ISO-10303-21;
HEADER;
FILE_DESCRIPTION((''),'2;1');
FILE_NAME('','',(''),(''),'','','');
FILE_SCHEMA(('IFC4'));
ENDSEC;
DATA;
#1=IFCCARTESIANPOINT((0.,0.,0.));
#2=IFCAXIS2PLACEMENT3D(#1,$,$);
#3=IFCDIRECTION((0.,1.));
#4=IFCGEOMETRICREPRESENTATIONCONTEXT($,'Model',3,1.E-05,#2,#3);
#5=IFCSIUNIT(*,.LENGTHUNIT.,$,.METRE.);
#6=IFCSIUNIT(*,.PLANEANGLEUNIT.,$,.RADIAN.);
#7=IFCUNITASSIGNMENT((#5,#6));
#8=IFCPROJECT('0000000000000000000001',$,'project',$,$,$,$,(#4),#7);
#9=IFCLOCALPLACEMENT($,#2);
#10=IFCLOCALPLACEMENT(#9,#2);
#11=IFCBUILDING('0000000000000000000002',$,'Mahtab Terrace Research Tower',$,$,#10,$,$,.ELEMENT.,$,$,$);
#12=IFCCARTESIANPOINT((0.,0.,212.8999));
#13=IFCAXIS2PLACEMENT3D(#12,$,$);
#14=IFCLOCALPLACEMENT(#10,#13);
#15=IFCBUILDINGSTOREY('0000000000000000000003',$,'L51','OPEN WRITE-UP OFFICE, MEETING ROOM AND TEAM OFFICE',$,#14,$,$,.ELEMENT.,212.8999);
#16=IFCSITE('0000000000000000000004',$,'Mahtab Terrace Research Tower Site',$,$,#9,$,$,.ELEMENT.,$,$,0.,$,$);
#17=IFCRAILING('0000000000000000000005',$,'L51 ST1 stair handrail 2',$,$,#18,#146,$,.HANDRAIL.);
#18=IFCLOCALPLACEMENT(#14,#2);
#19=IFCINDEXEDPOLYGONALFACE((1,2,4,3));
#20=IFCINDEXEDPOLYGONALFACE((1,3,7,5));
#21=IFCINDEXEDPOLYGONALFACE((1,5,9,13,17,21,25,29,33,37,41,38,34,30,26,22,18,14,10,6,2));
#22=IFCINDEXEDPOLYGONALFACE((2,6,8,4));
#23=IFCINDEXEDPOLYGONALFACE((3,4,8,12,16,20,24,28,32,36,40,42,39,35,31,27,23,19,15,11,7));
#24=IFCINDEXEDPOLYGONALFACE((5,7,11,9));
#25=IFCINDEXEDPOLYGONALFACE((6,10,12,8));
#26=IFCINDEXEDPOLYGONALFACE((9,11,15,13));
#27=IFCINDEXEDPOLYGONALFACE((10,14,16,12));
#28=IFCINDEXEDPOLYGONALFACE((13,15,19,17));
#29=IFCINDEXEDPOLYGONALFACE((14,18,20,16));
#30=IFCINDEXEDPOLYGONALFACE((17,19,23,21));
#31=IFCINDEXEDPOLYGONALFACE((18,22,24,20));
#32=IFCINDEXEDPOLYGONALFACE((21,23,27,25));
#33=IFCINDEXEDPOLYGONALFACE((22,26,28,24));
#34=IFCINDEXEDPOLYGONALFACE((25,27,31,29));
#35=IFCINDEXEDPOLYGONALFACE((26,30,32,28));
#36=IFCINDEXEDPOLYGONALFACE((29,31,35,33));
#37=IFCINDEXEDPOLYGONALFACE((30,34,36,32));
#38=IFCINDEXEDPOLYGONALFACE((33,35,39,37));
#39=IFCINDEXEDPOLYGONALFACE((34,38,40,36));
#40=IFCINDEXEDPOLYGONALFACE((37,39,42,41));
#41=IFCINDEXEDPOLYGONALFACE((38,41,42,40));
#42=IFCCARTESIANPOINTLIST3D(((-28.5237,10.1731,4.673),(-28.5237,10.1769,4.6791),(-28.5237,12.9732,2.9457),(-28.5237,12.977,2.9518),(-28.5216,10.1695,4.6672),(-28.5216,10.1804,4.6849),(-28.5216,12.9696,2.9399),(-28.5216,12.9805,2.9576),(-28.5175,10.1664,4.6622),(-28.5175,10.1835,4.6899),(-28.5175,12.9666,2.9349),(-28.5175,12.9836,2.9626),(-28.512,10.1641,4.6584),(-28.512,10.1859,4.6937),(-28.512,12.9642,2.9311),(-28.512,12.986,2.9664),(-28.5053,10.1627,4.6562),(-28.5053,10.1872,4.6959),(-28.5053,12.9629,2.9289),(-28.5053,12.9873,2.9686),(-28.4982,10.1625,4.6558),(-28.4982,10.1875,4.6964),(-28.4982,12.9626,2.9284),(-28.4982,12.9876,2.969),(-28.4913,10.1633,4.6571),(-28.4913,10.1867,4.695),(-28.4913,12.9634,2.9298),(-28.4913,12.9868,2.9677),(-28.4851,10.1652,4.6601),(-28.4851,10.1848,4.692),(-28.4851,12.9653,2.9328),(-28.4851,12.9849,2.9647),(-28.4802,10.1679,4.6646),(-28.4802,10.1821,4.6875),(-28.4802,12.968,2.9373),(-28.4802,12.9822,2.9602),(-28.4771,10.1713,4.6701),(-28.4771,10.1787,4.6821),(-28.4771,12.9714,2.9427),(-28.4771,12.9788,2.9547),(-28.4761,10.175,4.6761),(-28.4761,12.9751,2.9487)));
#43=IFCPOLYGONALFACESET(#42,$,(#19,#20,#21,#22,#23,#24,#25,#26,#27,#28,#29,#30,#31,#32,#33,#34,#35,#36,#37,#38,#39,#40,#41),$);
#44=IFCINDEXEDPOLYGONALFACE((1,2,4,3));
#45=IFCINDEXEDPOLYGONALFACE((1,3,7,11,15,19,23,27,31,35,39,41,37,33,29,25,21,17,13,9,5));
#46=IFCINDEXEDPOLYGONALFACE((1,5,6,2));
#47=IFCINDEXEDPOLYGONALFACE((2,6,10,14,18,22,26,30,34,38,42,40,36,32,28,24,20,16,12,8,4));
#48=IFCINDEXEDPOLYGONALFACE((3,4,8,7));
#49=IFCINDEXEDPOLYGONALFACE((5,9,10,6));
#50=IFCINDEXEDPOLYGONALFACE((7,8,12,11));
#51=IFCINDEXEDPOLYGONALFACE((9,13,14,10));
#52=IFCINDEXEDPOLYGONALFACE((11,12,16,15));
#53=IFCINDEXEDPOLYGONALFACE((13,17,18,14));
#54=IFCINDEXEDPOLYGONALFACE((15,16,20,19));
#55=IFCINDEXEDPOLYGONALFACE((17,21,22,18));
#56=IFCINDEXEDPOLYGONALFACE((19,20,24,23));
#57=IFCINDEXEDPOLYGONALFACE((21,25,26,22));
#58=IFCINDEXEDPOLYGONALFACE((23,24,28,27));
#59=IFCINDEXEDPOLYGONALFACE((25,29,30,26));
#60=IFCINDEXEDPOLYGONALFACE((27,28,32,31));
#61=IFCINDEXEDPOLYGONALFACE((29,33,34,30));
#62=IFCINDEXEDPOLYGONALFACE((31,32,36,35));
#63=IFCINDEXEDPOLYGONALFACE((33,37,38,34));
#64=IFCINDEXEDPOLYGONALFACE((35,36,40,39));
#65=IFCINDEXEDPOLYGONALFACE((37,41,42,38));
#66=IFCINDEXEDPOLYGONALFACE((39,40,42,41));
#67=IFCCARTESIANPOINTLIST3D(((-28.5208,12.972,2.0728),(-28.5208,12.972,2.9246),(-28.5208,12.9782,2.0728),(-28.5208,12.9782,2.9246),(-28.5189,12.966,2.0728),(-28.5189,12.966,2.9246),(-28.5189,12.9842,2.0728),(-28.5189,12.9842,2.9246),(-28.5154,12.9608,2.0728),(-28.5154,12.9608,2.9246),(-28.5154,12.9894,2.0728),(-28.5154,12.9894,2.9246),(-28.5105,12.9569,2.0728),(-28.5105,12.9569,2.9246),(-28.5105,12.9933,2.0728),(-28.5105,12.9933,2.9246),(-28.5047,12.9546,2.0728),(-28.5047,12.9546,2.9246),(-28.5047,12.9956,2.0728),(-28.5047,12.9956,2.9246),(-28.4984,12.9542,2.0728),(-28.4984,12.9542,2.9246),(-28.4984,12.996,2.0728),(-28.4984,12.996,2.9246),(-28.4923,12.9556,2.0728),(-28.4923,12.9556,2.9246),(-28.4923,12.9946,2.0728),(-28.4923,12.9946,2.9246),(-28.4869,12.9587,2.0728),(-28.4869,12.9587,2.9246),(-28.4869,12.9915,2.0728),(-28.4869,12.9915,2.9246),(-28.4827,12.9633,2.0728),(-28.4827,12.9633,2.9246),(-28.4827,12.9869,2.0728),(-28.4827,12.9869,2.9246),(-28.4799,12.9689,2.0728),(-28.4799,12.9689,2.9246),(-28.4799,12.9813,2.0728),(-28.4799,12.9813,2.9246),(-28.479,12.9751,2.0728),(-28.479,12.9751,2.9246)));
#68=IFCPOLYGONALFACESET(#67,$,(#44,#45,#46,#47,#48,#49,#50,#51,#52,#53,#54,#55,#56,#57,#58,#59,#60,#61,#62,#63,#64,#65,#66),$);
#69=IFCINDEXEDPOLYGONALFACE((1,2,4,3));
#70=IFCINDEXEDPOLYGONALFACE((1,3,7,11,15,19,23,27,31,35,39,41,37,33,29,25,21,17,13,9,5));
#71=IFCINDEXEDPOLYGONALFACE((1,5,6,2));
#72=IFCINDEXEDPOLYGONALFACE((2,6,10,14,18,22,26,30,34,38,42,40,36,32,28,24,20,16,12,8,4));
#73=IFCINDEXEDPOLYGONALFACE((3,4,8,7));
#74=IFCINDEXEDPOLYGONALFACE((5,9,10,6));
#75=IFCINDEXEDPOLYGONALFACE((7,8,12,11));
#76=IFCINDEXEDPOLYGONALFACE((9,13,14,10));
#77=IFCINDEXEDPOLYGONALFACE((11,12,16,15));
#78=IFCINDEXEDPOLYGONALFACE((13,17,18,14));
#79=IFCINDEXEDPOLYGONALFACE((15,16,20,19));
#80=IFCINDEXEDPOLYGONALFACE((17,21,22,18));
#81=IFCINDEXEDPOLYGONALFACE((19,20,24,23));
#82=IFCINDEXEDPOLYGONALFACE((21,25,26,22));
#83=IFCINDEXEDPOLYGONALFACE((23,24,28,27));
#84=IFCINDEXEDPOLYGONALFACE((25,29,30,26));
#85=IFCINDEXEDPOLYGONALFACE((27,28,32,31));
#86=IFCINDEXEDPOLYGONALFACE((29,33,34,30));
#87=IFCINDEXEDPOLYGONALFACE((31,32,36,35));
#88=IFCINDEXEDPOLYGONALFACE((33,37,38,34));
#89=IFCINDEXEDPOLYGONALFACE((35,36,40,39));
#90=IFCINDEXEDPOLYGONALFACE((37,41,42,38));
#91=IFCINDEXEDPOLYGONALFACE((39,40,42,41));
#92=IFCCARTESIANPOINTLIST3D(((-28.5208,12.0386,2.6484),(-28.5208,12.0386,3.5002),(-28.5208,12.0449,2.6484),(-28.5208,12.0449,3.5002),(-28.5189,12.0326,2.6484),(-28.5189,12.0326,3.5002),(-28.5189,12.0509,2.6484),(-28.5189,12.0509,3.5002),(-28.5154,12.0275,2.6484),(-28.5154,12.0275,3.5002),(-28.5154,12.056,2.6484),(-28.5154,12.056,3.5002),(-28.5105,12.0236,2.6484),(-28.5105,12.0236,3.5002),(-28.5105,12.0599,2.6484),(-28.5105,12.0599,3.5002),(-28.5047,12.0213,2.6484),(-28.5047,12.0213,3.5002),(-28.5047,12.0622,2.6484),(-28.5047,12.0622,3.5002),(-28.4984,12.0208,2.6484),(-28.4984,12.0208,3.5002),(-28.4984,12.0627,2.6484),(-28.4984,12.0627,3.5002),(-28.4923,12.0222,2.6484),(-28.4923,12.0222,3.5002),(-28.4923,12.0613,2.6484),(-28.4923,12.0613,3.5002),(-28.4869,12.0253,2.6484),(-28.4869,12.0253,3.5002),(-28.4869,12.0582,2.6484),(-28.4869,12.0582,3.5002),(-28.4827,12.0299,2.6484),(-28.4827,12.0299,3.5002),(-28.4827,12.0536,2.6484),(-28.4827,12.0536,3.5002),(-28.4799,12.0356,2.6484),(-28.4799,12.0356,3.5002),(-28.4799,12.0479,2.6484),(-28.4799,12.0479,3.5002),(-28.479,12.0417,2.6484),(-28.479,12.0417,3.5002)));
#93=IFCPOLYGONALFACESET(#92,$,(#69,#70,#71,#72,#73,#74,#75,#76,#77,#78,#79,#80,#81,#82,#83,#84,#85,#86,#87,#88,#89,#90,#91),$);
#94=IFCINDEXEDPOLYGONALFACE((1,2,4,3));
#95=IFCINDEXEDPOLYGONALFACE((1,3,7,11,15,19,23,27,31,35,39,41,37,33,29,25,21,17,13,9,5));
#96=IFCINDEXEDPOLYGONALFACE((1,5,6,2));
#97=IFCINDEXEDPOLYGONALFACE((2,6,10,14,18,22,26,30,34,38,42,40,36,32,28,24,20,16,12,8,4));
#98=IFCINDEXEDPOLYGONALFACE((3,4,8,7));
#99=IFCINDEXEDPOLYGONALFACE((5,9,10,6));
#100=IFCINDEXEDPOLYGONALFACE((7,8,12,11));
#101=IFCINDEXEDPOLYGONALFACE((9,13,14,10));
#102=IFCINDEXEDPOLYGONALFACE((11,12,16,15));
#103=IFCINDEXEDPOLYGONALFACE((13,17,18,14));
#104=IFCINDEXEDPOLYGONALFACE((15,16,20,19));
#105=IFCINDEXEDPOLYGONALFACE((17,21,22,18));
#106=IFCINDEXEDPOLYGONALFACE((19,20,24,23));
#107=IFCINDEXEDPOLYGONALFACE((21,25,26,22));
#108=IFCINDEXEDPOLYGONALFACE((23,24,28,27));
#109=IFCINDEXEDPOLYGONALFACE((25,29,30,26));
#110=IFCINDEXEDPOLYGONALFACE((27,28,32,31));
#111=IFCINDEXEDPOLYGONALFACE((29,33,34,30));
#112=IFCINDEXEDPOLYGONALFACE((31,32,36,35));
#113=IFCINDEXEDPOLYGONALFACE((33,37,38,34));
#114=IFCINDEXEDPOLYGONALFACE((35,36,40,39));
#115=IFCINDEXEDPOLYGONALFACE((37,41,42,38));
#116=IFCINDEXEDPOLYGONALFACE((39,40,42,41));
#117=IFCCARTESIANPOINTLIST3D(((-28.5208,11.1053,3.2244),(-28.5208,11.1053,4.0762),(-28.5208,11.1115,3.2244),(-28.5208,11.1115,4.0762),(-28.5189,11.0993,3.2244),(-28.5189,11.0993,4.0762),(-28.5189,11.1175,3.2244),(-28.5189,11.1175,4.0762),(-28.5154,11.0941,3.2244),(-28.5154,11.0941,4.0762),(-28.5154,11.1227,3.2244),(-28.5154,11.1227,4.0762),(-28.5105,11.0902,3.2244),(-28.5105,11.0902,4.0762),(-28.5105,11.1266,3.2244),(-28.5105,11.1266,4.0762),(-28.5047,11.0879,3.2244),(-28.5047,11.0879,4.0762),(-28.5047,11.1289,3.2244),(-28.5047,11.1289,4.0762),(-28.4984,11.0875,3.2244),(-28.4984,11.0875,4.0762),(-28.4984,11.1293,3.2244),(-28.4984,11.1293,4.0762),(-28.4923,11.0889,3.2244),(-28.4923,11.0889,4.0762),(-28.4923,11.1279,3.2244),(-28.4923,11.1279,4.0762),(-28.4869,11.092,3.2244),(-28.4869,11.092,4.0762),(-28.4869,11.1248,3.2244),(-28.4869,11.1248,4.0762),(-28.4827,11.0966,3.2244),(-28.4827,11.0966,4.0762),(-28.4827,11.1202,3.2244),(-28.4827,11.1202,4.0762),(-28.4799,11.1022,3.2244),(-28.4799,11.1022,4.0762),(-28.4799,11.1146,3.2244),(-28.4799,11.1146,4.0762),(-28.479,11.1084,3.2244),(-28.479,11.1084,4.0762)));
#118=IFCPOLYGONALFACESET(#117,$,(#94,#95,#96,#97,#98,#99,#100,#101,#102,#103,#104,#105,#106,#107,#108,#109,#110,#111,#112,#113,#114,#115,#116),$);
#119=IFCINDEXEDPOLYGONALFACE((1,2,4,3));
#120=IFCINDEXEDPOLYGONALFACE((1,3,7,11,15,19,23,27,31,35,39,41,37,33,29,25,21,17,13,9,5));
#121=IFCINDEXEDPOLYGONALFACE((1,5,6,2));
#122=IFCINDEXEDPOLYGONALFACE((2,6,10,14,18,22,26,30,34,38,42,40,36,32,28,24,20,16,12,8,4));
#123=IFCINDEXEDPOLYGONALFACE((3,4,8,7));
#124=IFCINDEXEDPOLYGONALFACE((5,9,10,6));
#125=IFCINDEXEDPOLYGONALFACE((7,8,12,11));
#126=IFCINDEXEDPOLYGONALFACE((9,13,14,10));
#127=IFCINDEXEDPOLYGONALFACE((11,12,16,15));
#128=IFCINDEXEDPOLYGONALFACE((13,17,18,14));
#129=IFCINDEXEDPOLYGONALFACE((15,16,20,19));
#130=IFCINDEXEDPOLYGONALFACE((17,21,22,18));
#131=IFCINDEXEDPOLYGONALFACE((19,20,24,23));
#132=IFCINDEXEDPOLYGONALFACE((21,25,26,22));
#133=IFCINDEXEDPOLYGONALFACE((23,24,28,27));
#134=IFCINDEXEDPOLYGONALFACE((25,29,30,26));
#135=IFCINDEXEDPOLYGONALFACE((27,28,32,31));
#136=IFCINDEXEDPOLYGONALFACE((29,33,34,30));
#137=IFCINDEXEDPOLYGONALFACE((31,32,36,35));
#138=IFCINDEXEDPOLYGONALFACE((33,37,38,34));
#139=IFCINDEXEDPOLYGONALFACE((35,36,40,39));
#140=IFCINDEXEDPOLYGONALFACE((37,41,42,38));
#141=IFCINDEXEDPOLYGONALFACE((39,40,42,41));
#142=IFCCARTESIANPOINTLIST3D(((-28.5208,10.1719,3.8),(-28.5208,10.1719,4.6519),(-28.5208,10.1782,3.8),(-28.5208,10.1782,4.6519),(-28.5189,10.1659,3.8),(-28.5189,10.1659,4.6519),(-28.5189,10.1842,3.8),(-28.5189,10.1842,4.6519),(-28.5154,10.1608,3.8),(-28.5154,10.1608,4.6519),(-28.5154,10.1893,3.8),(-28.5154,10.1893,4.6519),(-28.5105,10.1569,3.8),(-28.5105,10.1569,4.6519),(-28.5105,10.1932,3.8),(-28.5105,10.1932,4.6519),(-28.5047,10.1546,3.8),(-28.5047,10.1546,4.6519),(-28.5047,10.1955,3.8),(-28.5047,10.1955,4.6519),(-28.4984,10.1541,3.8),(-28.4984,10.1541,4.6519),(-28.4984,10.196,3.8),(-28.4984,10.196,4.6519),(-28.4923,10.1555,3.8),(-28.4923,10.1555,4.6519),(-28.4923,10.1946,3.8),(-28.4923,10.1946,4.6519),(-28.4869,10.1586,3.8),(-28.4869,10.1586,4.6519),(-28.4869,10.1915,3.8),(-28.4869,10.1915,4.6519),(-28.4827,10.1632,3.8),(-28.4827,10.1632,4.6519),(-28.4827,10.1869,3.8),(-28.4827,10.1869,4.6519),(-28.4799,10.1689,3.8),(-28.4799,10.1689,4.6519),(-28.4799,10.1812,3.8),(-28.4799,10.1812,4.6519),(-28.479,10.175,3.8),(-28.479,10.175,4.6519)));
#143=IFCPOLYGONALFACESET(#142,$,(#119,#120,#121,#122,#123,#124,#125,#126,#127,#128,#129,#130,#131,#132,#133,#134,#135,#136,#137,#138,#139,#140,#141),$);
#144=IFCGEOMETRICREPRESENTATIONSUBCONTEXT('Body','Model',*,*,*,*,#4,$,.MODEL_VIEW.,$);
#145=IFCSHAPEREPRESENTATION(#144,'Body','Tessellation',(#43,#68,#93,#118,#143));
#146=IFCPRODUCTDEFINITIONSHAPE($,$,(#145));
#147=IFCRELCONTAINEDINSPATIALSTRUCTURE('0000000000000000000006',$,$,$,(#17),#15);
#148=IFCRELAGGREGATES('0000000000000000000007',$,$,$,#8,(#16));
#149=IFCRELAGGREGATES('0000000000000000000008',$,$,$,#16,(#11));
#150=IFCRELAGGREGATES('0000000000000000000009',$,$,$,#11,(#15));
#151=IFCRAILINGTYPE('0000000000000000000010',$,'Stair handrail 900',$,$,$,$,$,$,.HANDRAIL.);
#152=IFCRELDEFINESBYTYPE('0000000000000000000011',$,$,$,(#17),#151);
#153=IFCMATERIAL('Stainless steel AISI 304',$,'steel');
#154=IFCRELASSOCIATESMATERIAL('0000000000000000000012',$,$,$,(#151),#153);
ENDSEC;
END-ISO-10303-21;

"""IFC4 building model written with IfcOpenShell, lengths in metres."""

from ifc_helpers import new_model, si_unit, direction, frame, origin, origin_2d, place, context, subcontext, project, spatial, circle, extrude, material, type_object, element, save


model = new_model("IFC4")

# Units and contexts
model_context = context("Model", 3, precision=1e-05, world=origin(), true_north=direction((0.0, 1.0)))
body_context = subcontext(model_context, "Body", "Model", "MODEL_VIEW")
ifc_project = project(units=[si_unit("LENGTHUNIT", "METRE"), si_unit("PLANEANGLEUNIT", "RADIAN")], contexts=[model_context])

# Site, building, storey
site_placement = place(None, origin())
site = spatial("IfcSite", under=ifc_project, at=site_placement, Name="Mahtab Terrace Research Tower Site", CompositionType="ELEMENT", RefElevation=0.0)
building_placement = place(site_placement, origin())
building = spatial("IfcBuilding", under=site, at=building_placement, Name="Mahtab Terrace Research Tower", CompositionType="ELEMENT")
storey_placement = place(building_placement, frame((0.0, 0.0, 212.8999)))
storey = spatial("IfcBuildingStorey", under=building, at=storey_placement, Name="L51", Description="OPEN WRITE-UP OFFICE, MEETING ROOM AND TEAM OFFICE", CompositionType="ELEMENT", Elevation=212.8999)

# Railing
ifc_material_1 = material(Name="Stainless steel AISI 304", Category="steel")
railing_type_1 = type_object("IfcRailingType", Name="Stair handrail 900", PredefinedType="HANDRAIL", material=ifc_material_1)
railing_1_placement = place(storey_placement, frame((-28.5, 12.9751, 2.0728)))
element("IfcRailing", 1, at=railing_1_placement, inside=storey, type_object=railing_type_1, Name="L51 ST1 stair handrail 2", PredefinedType="HANDRAIL", context=body_context, shape_type="SweptSolid", body=[
    extrude(circle(Radius=0.0239, at=origin_2d()), frame((0.0, 0.0, 0.876), z_axis=(0.0, -0.85109, 0.52502), x_axis=(1.0, 0.0, 0.0)), (0.0, 0.0, 1.0), 3.29),
    extrude(circle(Radius=0.021, at=origin_2d()), origin(), (0.0, 0.0, 1.0), 0.8518),
    extrude(circle(Radius=0.021, at=origin_2d()), frame((0.0, -0.9333, 0.5757)), (0.0, 0.0, 1.0), 0.8518),
    extrude(circle(Radius=0.021, at=origin_2d()), frame((0.0, -1.8667, 1.1516)), (0.0, 0.0, 1.0), 0.8518),
    extrude(circle(Radius=0.021, at=origin_2d()), frame((0.0, -2.8, 1.7273)), (0.0, 0.0, 1.0), 0.8518),
])

save(model, "model.ifc")
